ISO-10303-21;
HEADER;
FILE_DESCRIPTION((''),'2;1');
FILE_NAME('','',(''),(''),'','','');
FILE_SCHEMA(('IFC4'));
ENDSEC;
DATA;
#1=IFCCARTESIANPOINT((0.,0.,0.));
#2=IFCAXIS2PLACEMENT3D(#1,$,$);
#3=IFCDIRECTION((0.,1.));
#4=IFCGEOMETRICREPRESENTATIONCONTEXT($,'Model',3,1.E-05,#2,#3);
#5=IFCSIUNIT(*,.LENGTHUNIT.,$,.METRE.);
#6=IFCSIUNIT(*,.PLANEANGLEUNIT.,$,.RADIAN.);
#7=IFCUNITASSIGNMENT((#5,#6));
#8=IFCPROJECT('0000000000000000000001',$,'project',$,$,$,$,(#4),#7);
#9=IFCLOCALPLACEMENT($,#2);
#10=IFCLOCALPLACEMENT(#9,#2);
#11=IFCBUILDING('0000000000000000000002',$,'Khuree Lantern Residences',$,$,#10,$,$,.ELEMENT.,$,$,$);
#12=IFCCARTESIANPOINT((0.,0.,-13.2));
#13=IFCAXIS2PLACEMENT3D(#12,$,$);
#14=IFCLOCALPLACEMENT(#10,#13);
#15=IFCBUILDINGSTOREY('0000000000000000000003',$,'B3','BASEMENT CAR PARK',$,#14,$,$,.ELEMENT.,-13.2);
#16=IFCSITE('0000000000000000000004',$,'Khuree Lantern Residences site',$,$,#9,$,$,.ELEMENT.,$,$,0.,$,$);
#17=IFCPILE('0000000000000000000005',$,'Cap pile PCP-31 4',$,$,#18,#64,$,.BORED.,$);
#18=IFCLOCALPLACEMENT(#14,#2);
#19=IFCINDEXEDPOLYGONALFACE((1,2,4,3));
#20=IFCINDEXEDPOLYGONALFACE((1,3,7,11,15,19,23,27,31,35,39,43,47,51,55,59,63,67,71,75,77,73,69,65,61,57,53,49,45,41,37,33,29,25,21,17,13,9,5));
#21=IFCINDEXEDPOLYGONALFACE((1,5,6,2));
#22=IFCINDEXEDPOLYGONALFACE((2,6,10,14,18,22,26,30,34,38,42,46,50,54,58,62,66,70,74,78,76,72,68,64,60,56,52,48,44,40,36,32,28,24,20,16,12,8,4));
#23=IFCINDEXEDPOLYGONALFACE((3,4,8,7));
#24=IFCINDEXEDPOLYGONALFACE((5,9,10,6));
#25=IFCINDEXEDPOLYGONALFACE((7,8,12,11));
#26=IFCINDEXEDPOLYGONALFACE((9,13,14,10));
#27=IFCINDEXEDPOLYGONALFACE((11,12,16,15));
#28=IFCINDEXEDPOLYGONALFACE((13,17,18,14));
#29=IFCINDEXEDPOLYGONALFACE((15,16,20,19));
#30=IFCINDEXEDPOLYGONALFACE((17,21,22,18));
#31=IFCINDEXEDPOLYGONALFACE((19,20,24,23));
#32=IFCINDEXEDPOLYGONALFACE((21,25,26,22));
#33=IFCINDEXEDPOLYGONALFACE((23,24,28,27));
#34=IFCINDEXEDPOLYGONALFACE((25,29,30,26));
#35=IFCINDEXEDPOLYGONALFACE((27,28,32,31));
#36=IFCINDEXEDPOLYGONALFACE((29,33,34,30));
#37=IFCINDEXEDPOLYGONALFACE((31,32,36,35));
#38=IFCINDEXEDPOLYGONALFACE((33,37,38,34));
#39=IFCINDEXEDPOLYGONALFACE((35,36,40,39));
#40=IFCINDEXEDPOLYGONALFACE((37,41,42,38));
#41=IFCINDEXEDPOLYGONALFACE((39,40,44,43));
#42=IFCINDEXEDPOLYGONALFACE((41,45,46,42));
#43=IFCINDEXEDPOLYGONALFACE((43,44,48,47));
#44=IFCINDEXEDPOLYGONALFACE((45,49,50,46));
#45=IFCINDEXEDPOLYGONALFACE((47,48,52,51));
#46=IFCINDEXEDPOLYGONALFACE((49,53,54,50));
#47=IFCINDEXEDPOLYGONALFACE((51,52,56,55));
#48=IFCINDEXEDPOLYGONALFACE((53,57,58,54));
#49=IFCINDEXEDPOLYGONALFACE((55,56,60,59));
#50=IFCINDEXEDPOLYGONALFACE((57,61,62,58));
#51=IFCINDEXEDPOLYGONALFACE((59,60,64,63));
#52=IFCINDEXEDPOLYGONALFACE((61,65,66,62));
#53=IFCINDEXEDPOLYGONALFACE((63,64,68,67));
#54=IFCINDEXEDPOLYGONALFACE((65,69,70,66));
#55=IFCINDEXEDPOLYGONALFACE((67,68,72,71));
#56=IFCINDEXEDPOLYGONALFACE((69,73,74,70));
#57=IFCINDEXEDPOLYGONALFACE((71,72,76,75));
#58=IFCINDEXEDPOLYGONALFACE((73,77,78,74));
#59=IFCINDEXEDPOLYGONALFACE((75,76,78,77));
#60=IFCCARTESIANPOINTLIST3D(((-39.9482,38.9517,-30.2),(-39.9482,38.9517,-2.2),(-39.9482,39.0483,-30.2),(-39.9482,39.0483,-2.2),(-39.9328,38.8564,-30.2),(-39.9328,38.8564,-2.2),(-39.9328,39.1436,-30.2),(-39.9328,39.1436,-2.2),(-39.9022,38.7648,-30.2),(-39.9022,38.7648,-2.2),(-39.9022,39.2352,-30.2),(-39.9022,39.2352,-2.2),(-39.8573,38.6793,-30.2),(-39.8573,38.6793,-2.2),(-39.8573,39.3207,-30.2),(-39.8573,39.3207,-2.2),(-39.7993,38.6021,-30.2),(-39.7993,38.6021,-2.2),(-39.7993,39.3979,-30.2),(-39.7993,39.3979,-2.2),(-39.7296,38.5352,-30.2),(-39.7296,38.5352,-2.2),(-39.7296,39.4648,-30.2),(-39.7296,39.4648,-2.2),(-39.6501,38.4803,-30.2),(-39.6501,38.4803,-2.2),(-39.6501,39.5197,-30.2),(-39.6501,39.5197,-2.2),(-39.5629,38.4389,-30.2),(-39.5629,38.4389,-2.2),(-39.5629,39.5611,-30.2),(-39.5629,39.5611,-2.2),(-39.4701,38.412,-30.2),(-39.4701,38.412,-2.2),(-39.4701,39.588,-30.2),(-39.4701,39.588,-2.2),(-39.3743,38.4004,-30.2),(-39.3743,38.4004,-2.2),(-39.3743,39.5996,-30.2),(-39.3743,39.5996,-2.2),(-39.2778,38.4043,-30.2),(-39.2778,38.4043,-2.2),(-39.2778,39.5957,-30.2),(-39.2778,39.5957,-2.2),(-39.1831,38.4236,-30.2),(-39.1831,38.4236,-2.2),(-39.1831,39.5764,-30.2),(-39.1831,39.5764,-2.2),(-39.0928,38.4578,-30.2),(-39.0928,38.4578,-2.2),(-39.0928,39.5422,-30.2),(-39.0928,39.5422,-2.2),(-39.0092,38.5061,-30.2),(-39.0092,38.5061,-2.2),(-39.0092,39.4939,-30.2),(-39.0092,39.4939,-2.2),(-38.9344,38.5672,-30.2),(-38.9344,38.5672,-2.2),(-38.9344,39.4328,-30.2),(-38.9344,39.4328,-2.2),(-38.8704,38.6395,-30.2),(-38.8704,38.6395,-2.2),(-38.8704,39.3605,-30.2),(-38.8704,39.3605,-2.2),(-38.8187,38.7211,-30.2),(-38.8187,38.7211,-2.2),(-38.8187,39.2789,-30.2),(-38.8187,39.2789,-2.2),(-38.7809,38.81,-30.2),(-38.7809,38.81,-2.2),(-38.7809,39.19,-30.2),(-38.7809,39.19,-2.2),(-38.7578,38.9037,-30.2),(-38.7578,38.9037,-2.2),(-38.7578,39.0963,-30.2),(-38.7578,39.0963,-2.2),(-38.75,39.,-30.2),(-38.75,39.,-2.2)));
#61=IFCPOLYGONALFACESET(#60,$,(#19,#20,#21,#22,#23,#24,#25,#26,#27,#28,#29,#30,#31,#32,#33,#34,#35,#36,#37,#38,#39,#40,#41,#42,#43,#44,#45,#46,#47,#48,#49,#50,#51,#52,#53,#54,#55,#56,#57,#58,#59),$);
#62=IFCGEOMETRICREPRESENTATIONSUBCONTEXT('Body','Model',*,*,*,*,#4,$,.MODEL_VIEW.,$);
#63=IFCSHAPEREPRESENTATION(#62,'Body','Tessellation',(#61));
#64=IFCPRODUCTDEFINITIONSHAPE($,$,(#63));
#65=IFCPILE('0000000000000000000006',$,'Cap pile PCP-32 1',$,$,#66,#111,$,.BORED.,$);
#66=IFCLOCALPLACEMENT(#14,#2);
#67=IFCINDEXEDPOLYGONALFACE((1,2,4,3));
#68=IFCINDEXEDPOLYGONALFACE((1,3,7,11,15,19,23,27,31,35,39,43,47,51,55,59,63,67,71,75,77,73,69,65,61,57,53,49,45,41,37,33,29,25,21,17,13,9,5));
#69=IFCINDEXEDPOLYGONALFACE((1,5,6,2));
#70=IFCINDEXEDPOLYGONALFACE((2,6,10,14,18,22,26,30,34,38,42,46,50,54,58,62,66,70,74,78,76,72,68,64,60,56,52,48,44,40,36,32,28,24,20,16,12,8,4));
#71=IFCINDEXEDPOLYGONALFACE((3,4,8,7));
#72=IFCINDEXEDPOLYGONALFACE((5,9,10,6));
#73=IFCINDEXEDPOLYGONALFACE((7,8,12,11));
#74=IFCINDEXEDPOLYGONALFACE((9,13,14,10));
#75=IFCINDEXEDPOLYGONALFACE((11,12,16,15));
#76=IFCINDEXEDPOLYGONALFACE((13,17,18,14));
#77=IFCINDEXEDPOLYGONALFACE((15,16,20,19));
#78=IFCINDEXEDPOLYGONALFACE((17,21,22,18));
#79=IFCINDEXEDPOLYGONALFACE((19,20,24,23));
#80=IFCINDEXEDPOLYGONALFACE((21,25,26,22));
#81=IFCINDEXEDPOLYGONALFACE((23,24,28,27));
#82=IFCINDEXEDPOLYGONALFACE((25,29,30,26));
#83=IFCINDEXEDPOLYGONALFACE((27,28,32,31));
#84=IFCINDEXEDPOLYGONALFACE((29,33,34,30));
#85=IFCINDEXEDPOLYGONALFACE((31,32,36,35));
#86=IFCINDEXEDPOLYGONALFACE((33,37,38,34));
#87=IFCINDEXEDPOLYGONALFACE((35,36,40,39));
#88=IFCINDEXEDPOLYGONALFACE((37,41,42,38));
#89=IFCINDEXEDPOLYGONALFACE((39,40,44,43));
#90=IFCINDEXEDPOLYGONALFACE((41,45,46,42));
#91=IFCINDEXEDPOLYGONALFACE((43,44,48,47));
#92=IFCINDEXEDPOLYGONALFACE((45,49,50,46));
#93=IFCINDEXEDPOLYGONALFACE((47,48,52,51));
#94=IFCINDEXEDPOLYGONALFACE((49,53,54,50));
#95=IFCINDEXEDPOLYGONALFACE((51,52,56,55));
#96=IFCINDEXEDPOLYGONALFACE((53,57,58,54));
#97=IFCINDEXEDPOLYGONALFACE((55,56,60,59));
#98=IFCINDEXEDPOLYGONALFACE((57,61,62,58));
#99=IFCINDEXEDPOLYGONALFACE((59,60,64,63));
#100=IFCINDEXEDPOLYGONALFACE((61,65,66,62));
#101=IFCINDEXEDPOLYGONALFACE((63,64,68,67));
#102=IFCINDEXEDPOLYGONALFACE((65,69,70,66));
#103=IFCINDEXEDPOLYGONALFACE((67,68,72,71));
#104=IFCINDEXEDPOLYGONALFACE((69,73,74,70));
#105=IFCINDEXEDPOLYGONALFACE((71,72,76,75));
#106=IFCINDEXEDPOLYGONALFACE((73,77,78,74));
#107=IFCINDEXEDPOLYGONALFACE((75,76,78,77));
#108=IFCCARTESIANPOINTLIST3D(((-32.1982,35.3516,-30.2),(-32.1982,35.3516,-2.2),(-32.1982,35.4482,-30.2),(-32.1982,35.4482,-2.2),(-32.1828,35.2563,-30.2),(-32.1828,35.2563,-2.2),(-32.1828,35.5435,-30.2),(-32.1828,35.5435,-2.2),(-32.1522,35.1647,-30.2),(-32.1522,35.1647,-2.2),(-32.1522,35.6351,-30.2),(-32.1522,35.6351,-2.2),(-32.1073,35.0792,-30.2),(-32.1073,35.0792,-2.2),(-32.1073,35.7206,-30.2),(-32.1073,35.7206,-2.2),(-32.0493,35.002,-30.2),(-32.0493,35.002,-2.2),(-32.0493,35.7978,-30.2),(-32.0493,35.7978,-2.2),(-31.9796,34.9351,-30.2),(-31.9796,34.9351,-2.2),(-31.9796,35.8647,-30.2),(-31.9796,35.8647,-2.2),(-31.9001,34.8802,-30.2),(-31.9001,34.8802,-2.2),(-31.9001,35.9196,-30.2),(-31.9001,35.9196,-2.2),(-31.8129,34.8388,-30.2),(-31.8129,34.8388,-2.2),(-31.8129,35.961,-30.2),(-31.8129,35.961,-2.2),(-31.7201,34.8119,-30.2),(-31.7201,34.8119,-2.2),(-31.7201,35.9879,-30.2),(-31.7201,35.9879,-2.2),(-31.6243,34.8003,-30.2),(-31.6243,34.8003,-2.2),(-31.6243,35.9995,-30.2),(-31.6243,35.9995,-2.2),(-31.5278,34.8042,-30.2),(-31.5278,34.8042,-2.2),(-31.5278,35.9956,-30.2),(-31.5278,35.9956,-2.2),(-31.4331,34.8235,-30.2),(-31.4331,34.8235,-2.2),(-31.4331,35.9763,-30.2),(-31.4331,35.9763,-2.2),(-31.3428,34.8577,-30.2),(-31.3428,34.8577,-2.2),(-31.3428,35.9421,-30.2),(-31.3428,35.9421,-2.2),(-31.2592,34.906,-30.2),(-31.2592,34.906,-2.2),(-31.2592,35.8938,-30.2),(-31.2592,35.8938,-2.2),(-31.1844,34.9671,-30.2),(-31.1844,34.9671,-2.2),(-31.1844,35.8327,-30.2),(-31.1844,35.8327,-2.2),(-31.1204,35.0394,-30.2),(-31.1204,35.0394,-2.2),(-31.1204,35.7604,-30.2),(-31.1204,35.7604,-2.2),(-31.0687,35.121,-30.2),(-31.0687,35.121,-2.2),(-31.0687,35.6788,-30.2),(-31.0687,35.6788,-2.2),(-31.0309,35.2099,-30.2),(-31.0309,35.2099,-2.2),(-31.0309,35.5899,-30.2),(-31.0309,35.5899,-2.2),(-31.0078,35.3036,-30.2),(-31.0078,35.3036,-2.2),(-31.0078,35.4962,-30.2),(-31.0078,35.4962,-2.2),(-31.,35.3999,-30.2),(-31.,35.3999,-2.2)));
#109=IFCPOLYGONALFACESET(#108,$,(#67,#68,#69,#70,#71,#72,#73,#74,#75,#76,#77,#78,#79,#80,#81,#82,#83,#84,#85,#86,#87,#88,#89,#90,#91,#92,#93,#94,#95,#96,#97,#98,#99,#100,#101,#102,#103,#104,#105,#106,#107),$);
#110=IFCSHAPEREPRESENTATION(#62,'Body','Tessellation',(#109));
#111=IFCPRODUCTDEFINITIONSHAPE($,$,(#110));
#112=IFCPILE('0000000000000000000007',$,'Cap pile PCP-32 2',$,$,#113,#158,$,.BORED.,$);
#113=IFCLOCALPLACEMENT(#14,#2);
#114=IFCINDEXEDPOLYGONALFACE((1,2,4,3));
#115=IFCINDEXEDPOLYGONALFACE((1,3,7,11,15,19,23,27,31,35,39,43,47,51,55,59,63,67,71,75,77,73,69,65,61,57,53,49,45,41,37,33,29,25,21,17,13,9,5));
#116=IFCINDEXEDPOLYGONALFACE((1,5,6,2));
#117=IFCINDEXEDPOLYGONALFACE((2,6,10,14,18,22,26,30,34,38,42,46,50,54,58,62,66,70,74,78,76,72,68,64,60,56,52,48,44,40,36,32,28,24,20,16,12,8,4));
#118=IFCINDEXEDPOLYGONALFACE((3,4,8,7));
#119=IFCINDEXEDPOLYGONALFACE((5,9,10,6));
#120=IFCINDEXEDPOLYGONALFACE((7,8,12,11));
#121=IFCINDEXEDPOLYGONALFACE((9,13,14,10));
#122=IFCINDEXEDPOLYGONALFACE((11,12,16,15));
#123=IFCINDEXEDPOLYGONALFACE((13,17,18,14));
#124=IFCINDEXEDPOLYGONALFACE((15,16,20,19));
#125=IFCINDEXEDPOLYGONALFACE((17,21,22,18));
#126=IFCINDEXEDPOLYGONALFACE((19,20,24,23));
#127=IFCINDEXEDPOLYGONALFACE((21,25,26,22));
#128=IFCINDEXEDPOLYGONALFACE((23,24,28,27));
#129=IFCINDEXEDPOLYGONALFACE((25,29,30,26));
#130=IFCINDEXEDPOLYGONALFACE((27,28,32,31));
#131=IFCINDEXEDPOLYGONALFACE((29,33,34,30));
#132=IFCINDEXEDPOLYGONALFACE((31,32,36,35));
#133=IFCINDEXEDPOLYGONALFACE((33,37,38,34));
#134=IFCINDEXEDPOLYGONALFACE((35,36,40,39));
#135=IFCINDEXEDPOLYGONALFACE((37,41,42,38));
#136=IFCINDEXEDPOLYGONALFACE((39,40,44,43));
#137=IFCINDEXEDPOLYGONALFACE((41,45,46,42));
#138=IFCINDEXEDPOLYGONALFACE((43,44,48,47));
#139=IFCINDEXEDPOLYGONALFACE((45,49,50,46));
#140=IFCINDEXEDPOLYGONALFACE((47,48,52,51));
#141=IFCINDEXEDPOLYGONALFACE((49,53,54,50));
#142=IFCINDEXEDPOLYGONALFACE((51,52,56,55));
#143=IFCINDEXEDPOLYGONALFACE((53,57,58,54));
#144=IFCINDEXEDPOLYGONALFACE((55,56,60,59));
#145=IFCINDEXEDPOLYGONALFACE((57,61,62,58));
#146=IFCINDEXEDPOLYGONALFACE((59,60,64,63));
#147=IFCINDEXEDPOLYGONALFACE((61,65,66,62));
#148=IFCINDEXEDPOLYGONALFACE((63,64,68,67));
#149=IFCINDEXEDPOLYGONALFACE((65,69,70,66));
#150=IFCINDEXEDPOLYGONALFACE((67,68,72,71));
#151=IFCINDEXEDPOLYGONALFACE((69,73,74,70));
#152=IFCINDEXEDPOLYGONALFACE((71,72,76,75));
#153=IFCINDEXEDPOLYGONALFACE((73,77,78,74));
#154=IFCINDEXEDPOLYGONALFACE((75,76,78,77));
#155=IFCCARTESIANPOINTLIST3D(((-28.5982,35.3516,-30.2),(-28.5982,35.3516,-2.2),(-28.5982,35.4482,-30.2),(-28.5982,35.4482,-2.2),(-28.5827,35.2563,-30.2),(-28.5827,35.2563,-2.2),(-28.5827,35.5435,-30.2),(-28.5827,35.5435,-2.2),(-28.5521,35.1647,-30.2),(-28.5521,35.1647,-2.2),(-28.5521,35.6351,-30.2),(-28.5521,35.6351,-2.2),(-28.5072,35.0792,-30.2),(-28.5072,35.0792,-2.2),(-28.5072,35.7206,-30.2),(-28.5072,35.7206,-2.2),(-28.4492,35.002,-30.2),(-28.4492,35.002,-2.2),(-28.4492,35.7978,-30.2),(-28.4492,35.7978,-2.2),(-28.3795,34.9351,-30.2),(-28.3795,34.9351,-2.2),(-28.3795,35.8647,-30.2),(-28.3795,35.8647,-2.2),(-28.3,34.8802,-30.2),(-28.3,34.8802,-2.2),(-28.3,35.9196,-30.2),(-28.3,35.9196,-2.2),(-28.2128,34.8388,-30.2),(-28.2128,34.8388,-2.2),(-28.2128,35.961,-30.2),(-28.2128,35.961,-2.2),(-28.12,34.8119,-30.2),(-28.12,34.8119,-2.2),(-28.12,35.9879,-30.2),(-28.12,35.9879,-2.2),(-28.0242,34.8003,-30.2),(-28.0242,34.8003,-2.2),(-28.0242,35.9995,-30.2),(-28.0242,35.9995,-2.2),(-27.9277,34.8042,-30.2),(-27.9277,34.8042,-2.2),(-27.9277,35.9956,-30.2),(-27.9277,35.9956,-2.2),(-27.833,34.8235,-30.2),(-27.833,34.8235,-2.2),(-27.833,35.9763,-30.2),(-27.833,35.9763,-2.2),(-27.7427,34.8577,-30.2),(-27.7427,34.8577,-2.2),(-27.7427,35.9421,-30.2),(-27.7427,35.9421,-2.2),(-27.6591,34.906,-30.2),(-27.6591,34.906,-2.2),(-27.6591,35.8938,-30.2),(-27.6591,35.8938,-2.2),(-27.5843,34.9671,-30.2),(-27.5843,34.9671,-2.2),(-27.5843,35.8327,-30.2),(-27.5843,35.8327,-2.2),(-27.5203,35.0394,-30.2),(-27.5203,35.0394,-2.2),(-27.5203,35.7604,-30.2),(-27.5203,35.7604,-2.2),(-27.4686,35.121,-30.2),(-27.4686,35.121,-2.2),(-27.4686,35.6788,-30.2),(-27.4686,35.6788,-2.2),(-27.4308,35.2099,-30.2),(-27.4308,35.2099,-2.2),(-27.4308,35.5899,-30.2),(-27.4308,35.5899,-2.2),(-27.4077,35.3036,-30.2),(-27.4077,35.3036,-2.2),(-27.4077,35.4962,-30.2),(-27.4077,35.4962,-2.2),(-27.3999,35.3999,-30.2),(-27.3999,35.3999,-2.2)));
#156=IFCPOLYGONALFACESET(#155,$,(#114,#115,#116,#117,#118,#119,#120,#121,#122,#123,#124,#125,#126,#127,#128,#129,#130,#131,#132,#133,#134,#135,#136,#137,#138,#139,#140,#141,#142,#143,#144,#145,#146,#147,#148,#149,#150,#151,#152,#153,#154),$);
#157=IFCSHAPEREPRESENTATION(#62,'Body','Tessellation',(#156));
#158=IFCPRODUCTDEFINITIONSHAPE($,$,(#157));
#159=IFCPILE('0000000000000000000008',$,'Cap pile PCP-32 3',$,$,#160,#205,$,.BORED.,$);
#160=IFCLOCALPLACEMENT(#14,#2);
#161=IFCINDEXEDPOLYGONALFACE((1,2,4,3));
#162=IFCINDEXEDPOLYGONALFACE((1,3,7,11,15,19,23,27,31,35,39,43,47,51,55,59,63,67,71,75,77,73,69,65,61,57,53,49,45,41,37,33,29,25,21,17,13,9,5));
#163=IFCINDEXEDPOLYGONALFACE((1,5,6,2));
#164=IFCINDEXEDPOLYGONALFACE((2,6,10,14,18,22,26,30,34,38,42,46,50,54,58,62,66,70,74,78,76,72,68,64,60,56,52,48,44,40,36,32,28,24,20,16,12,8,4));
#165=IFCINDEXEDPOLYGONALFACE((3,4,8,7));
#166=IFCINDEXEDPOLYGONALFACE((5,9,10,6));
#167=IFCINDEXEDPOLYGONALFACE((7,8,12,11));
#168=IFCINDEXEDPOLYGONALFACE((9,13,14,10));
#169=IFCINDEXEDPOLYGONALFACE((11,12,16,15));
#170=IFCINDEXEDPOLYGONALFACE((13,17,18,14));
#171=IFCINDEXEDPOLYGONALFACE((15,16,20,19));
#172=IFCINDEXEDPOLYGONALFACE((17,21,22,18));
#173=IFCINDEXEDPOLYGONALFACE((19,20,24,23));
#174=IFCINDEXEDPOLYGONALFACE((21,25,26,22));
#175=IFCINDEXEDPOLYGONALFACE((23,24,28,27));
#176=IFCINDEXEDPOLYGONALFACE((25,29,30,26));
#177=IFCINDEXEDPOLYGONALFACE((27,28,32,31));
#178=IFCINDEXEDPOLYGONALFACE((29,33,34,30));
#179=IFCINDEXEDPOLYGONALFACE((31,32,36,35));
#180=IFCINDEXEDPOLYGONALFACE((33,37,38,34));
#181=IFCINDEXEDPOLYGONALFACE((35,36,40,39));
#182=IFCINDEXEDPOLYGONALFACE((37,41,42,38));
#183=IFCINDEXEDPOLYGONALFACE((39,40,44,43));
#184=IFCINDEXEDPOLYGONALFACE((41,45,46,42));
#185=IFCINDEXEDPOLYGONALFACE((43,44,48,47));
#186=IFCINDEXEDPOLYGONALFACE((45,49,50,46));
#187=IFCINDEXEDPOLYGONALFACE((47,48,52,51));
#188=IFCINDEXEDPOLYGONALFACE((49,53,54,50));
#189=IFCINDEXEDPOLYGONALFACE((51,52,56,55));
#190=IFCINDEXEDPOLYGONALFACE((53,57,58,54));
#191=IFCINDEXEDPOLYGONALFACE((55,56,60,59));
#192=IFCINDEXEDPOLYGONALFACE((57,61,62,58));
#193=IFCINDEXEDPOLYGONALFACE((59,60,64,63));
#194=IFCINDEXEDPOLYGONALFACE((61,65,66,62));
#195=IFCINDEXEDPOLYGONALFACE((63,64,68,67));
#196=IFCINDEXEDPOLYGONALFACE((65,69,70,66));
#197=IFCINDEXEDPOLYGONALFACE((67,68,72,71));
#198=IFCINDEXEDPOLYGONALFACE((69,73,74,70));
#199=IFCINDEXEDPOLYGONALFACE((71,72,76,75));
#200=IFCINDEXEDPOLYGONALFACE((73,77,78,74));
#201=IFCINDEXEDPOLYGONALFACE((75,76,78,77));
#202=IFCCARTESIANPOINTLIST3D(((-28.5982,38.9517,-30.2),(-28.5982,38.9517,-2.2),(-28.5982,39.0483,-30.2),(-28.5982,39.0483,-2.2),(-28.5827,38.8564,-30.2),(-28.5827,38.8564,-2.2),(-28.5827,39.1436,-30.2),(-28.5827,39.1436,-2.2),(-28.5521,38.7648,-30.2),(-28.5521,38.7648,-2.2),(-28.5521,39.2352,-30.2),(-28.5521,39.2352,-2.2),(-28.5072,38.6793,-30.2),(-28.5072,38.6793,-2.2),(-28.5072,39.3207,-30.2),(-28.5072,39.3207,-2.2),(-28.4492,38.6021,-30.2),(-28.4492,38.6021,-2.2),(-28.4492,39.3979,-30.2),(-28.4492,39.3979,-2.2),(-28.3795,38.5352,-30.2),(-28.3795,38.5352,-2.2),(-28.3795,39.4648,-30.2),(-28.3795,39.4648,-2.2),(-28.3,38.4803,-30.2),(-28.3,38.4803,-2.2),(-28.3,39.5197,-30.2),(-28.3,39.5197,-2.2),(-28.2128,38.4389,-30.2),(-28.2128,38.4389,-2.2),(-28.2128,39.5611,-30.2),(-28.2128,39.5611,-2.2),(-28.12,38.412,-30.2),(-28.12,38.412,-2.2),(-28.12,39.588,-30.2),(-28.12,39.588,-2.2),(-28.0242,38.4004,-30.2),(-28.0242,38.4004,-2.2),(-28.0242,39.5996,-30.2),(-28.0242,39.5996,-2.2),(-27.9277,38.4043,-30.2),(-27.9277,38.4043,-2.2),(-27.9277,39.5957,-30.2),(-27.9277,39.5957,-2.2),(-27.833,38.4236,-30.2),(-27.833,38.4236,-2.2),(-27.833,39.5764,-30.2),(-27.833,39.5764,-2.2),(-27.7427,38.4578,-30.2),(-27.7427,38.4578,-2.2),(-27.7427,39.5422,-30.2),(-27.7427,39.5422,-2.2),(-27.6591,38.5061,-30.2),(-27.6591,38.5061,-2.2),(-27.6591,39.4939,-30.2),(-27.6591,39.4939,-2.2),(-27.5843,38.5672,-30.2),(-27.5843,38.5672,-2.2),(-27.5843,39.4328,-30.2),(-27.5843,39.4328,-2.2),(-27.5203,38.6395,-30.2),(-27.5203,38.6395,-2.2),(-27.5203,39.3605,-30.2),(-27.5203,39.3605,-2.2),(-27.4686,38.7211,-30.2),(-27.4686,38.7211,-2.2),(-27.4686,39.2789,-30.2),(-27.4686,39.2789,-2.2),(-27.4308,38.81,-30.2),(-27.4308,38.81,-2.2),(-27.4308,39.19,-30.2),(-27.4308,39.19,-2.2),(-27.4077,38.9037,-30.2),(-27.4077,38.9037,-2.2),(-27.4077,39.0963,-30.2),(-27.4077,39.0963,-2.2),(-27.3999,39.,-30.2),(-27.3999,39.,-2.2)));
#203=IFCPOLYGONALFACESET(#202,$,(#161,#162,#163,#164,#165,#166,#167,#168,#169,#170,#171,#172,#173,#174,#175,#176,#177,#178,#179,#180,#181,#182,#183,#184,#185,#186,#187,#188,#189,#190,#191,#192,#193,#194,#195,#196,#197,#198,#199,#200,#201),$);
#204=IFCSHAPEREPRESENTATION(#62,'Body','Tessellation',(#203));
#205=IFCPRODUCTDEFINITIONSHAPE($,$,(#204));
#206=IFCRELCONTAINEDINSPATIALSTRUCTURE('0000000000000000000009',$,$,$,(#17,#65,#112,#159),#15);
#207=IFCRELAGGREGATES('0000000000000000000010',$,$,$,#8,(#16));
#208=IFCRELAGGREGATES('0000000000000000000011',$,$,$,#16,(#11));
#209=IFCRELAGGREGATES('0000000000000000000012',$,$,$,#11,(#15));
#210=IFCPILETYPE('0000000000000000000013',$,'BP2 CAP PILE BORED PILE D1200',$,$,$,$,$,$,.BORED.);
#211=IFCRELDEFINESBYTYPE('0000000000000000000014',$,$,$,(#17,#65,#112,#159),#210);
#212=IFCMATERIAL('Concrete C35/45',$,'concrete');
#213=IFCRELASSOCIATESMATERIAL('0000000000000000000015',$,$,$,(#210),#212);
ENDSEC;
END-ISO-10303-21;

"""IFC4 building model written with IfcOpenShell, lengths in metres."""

from ifc_helpers import new_model, si_unit, direction, frame, origin, origin_2d, place, context, subcontext, project, spatial, circle, extrude, material, material_profile, profile_set, type_object, element, save


model = new_model("IFC4")

# Units and contexts
model_context = context("Model", 3, precision=1e-05, world=origin(), true_north=direction((0.0, 1.0)))
body_context = subcontext(model_context, "Body", "Model", "MODEL_VIEW")
ifc_project = project(units=[si_unit("LENGTHUNIT", "METRE"), si_unit("PLANEANGLEUNIT", "RADIAN")], contexts=[model_context])

# Site, building, storey
site_placement = place(None, origin())
site = spatial("IfcSite", under=ifc_project, at=site_placement, Name="Khuree Lantern Residences site", CompositionType="ELEMENT", RefElevation=0.0)
building_placement = place(site_placement, origin())
building = spatial("IfcBuilding", under=site, at=building_placement, Name="Khuree Lantern Residences", CompositionType="ELEMENT")
storey_placement = place(building_placement, frame((0.0, 0.0, -13.2)))
storey = spatial("IfcBuildingStorey", under=building, at=storey_placement, Name="B3", Description="BASEMENT CAR PARK", CompositionType="ELEMENT", Elevation=-13.2)

# Piles
ifc_material_1 = material(Name="Concrete C35/45", Category="concrete")
ifc_material_profile_1 = material_profile(ifc_material_1, circle(Radius=0.6001, at=origin_2d()), Name="BORED PILE D1200")
ifc_profile_set_1 = profile_set([ifc_material_profile_1], Name="Concrete C35/45")
pile_type_1 = type_object("IfcPileType", Name="BP2 CAP PILE BORED PILE D1200", PredefinedType="BORED", material=ifc_profile_set_1)
for number, where, z_axis, x_axis, name in (
    (1, (-39.3501, 39.0, -2.2), (0.0, 0.0, -1.0), (1.0, 0.0, 0.0), "Cap pile PCP-31 4"),
    (2, (-31.6001, 35.3999, -2.2), (0.0, 0.0, -1.0), (1.0, 0.0, 0.0), "Cap pile PCP-32 1"),
    (3, (-28.0, 35.3999, -2.2), (0.0, 0.0, -1.0), (1.0, 0.0, 0.0), "Cap pile PCP-32 2"),
    (4, (-28.0, 39.0, -2.2), (0.0, 0.0, -1.0), (1.0, 0.0, 0.0), "Cap pile PCP-32 3"),
):
    element("IfcPile", number, at=place(storey_placement, frame(where, z_axis=z_axis, x_axis=x_axis)), inside=storey, type_object=pile_type_1, Name=name, PredefinedType="BORED", context=body_context, shape_type="SweptSolid", body=[
        extrude(circle(Radius=0.6001, at=origin_2d()), origin(), (0.0, 0.0, 1.0), 28.0),
    ])

save(model, "model.ifc")
